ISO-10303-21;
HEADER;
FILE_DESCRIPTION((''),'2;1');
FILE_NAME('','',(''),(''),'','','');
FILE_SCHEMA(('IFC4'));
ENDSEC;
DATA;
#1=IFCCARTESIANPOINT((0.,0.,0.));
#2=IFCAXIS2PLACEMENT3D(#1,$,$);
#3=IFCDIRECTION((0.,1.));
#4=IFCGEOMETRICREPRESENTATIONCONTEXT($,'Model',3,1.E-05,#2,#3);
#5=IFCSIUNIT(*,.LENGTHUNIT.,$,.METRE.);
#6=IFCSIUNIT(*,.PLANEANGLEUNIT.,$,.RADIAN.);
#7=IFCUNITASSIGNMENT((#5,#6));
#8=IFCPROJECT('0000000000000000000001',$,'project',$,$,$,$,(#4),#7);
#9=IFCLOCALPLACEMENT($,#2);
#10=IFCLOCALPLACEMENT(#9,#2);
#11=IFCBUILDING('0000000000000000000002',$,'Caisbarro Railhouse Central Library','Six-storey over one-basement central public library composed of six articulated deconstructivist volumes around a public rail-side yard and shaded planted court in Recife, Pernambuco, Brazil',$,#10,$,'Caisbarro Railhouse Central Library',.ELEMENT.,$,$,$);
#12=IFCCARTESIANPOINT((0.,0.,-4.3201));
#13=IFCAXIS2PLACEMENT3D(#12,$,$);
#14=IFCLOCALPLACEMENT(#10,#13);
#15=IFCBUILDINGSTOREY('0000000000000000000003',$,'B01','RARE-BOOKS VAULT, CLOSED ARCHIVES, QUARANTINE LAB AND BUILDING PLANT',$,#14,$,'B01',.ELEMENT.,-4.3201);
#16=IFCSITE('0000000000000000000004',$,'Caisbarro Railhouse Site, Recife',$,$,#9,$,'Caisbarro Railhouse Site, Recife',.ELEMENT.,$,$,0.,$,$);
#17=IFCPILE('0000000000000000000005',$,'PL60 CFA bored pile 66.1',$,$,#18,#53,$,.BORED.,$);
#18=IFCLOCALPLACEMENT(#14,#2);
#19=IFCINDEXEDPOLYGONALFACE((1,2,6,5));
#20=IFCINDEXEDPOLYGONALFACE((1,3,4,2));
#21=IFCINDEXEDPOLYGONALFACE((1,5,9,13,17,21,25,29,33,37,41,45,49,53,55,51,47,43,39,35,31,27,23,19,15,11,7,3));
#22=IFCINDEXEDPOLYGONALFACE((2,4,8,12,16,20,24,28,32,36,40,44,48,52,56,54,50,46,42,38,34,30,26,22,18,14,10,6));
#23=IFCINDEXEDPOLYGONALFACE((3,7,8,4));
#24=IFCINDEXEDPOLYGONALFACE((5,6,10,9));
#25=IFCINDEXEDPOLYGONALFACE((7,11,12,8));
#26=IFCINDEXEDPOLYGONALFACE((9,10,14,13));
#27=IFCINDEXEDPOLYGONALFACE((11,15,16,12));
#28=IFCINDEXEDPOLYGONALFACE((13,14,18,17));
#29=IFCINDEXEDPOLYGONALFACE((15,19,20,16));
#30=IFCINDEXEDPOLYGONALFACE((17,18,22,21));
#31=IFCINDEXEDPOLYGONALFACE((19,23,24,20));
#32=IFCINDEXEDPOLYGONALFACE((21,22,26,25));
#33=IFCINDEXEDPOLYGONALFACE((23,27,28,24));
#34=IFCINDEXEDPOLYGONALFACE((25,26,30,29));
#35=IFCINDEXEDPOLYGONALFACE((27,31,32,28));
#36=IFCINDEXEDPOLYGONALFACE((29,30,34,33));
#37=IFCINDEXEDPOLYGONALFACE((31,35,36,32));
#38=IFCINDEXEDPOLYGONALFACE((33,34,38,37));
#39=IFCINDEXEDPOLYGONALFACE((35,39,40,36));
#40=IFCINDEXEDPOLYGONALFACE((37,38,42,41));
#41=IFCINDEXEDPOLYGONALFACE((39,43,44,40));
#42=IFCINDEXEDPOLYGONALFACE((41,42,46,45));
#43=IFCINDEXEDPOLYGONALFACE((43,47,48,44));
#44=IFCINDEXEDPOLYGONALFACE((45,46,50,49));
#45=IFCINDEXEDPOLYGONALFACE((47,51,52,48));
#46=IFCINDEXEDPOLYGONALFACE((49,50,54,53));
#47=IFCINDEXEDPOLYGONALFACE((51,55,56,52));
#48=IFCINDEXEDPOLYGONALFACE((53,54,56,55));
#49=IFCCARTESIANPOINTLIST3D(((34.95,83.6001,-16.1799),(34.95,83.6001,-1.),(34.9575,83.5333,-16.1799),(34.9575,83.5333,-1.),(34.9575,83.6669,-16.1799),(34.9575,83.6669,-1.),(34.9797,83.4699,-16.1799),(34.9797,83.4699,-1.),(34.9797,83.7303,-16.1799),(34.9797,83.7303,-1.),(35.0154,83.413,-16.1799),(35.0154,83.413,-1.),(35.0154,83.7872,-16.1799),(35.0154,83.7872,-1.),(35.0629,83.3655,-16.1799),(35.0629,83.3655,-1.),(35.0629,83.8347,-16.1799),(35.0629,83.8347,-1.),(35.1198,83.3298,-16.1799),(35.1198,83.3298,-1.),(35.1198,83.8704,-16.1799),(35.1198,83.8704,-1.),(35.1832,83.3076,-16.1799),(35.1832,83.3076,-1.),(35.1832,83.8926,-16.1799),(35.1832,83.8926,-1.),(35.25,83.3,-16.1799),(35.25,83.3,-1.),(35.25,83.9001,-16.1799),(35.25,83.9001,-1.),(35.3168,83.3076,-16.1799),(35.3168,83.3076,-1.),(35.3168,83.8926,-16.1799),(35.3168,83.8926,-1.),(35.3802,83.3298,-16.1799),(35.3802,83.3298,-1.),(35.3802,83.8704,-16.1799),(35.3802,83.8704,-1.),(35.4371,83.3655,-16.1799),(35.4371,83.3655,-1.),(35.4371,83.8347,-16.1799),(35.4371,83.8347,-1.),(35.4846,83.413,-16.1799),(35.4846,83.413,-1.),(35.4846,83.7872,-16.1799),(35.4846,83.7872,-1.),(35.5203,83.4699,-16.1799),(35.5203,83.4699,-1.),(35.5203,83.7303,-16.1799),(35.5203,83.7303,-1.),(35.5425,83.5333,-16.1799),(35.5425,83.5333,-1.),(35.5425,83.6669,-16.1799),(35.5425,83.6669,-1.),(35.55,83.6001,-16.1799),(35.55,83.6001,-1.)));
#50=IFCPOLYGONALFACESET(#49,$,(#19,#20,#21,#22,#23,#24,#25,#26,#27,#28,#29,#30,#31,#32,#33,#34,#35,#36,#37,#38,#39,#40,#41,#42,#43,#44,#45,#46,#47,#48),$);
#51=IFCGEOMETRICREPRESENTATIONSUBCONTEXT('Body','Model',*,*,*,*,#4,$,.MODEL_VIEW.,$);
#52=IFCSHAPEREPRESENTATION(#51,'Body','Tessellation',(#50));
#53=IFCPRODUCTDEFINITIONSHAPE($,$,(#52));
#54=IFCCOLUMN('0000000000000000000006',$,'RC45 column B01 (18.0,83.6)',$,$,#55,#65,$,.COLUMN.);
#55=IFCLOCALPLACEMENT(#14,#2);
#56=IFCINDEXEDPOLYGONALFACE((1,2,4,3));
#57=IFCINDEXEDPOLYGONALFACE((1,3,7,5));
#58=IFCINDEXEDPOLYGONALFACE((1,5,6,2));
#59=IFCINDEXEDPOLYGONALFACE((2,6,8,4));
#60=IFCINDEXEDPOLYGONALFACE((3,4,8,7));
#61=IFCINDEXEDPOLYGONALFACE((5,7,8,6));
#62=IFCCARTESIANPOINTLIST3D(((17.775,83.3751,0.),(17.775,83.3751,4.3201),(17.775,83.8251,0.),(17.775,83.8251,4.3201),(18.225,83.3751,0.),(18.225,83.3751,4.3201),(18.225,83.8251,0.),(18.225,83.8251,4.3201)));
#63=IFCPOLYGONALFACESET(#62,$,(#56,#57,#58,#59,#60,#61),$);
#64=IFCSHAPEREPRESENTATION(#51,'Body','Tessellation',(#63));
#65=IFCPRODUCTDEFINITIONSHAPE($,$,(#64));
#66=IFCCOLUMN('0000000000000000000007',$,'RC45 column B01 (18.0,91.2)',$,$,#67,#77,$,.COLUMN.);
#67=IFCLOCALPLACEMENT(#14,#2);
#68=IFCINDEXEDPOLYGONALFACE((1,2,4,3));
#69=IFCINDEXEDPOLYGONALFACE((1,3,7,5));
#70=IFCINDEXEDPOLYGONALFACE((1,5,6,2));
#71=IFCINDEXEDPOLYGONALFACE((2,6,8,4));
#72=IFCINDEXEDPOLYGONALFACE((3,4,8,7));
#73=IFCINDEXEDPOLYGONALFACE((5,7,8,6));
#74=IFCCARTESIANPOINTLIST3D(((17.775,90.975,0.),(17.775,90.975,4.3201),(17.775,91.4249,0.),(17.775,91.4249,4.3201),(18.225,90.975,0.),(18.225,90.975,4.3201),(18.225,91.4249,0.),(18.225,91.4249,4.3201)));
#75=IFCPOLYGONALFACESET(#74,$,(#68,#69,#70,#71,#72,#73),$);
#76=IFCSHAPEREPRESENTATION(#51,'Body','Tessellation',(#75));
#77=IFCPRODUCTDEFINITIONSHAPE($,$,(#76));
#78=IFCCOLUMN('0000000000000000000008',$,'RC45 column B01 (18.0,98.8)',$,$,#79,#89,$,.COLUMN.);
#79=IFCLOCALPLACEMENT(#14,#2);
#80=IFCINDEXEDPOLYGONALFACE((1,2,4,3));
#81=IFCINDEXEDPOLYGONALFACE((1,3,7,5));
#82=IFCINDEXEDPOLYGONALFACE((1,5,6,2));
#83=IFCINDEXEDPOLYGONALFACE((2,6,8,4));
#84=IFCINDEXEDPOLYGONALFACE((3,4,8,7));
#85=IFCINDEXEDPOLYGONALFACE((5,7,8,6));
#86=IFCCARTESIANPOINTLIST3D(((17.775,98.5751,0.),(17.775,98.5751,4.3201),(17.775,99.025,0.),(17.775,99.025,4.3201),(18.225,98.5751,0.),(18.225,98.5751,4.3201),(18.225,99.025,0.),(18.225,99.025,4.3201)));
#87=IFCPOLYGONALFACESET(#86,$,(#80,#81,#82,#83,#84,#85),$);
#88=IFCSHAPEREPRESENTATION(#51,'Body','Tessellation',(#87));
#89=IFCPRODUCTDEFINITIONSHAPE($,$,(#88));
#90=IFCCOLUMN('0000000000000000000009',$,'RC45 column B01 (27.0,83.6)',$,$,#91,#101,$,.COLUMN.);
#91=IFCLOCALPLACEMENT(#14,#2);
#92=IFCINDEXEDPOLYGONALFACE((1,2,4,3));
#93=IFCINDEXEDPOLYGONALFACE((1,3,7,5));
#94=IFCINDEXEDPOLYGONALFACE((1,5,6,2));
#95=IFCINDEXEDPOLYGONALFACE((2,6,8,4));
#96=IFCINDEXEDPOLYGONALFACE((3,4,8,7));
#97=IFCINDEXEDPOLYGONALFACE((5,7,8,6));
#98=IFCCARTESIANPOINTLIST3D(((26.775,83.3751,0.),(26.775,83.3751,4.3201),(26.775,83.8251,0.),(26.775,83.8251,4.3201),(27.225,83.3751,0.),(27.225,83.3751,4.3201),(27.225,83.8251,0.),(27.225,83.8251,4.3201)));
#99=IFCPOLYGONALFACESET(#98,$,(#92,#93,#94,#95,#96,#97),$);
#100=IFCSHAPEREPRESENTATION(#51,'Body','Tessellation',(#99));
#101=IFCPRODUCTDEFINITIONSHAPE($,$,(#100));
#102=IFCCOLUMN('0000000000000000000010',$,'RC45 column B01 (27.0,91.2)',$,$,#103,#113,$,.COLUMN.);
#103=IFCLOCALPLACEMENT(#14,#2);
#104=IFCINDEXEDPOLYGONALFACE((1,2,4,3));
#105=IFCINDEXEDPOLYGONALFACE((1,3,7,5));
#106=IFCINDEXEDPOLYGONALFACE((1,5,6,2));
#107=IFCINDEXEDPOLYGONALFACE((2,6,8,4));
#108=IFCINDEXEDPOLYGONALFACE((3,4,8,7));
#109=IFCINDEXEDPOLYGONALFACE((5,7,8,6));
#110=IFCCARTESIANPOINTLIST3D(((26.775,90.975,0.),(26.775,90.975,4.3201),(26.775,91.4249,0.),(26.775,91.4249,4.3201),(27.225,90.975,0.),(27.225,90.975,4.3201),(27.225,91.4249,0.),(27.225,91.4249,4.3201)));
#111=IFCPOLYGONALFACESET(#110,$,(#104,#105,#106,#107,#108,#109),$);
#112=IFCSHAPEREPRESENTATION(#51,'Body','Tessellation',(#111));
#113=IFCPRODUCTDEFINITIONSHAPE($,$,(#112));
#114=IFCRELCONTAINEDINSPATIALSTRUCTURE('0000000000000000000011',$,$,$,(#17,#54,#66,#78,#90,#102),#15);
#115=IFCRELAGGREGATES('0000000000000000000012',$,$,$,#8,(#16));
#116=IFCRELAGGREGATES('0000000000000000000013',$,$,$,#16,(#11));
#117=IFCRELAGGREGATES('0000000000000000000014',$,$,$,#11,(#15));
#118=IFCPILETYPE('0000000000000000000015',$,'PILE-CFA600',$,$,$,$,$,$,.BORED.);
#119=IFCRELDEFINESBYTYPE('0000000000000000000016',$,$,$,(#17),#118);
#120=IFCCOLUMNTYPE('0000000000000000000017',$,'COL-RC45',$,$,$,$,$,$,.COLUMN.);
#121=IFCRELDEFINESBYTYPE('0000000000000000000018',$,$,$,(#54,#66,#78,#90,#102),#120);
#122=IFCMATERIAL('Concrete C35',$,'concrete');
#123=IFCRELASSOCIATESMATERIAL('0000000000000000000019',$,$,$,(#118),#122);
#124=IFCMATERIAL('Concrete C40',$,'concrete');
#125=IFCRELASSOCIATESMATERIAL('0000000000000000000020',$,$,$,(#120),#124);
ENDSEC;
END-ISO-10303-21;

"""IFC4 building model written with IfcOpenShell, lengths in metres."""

from ifc_helpers import new_model, si_unit, direction, frame, origin, origin_2d, place, context, subcontext, project, spatial, rectangle, circle, extrude, material, material_profile, profile_set, type_object, element, save


model = new_model("IFC4")

# Units and contexts
model_context = context("Model", 3, precision=1e-05, world=origin(), true_north=direction((0.0, 1.0)))
body_context = subcontext(model_context, "Body", "Model", "MODEL_VIEW")
ifc_project = project(units=[si_unit("LENGTHUNIT", "METRE"), si_unit("PLANEANGLEUNIT", "RADIAN")], contexts=[model_context])

# Site, building, storey
site_placement = place(None, origin())
site = spatial("IfcSite", under=ifc_project, at=site_placement, Name="Caisbarro Railhouse Site, Recife", LongName="Caisbarro Railhouse Site, Recife", CompositionType="ELEMENT", RefElevation=0.0)
building_placement = place(site_placement, origin())
building = spatial("IfcBuilding", under=site, at=building_placement, Name="Caisbarro Railhouse Central Library", Description="Six-storey over one-basement central public library composed of six articulated deconstructivist volumes around a public rail-side yard and shaded planted court in Recife, Pernambuco, Brazil", LongName="Caisbarro Railhouse Central Library", CompositionType="ELEMENT")
storey_placement = place(building_placement, frame((0.0, 0.0, -4.3201)))
storey = spatial("IfcBuildingStorey", under=building, at=storey_placement, Name="B01", Description="RARE-BOOKS VAULT, CLOSED ARCHIVES, QUARANTINE LAB AND BUILDING PLANT", LongName="B01", CompositionType="ELEMENT", Elevation=-4.3201)

# Shared definitions
ifc_material_1 = material(Name="Concrete C35", Category="concrete")
ifc_material_2 = material(Name="Concrete C40", Category="concrete")

# Pile
ifc_material_profile_1 = material_profile(ifc_material_1, circle(Radius=0.3, at=origin_2d()), Name="PILE-CFA-600")
ifc_profile_set_1 = profile_set([ifc_material_profile_1], Name="Concrete C35")
pile_type = type_object("IfcPileType", Name="PILE-CFA600", PredefinedType="BORED", material=ifc_profile_set_1)
for number, where, z_axis, x_axis, name in (
    (1, (35.25, 83.6001, -1.0), (0.0, 0.0, -1.0), (1.0, 0.0, 0.0), "PL60 CFA bored pile 66.1"),
):
    element("IfcPile", number, at=place(storey_placement, frame(where, z_axis=z_axis, x_axis=x_axis)), inside=storey, type_object=pile_type, Name=name, PredefinedType="BORED", context=body_context, shape_type="SweptSolid", body=[
        extrude(circle(Radius=0.3, at=origin_2d()), origin(), (0.0, 0.0, 1.0), 15.1799),
    ])

# Columns
ifc_material_profile_2 = material_profile(ifc_material_2, rectangle(XDim=0.45, YDim=0.45, at=origin_2d()), Name="RC-COL-450X450")
ifc_profile_set_2 = profile_set([ifc_material_profile_2], Name="Concrete C40")
column_type = type_object("IfcColumnType", Name="COL-RC45", PredefinedType="COLUMN", material=ifc_profile_set_2)
for number, where, z_axis, x_axis, name in (
    (2, (18.0, 83.6001, 0.0), (0.0, 0.0, 1.0), (1.0, 0.0, 0.0), "RC45 column B01 (18.0,83.6)"),
    (3, (18.0, 91.2, 0.0), (0.0, 0.0, 1.0), (1.0, 0.0, 0.0), "RC45 column B01 (18.0,91.2)"),
    (4, (18.0, 98.8, 0.0), (0.0, 0.0, 1.0), (1.0, 0.0, 0.0), "RC45 column B01 (18.0,98.8)"),
    (5, (27.0, 83.6001, 0.0), (0.0, 0.0, 1.0), (1.0, 0.0, 0.0), "RC45 column B01 (27.0,83.6)"),
    (6, (27.0, 91.2, 0.0), (0.0, 0.0, 1.0), (1.0, 0.0, 0.0), "RC45 column B01 (27.0,91.2)"),
):
    element("IfcColumn", number, at=place(storey_placement, frame(where, z_axis=z_axis, x_axis=x_axis)), inside=storey, type_object=column_type, Name=name, PredefinedType="COLUMN", context=body_context, shape_type="SweptSolid", body=[
        extrude(rectangle(XDim=0.45, YDim=0.45, at=origin_2d()), origin(), (0.0, 0.0, 1.0), 4.3201),
    ])

save(model, "model.ifc")
